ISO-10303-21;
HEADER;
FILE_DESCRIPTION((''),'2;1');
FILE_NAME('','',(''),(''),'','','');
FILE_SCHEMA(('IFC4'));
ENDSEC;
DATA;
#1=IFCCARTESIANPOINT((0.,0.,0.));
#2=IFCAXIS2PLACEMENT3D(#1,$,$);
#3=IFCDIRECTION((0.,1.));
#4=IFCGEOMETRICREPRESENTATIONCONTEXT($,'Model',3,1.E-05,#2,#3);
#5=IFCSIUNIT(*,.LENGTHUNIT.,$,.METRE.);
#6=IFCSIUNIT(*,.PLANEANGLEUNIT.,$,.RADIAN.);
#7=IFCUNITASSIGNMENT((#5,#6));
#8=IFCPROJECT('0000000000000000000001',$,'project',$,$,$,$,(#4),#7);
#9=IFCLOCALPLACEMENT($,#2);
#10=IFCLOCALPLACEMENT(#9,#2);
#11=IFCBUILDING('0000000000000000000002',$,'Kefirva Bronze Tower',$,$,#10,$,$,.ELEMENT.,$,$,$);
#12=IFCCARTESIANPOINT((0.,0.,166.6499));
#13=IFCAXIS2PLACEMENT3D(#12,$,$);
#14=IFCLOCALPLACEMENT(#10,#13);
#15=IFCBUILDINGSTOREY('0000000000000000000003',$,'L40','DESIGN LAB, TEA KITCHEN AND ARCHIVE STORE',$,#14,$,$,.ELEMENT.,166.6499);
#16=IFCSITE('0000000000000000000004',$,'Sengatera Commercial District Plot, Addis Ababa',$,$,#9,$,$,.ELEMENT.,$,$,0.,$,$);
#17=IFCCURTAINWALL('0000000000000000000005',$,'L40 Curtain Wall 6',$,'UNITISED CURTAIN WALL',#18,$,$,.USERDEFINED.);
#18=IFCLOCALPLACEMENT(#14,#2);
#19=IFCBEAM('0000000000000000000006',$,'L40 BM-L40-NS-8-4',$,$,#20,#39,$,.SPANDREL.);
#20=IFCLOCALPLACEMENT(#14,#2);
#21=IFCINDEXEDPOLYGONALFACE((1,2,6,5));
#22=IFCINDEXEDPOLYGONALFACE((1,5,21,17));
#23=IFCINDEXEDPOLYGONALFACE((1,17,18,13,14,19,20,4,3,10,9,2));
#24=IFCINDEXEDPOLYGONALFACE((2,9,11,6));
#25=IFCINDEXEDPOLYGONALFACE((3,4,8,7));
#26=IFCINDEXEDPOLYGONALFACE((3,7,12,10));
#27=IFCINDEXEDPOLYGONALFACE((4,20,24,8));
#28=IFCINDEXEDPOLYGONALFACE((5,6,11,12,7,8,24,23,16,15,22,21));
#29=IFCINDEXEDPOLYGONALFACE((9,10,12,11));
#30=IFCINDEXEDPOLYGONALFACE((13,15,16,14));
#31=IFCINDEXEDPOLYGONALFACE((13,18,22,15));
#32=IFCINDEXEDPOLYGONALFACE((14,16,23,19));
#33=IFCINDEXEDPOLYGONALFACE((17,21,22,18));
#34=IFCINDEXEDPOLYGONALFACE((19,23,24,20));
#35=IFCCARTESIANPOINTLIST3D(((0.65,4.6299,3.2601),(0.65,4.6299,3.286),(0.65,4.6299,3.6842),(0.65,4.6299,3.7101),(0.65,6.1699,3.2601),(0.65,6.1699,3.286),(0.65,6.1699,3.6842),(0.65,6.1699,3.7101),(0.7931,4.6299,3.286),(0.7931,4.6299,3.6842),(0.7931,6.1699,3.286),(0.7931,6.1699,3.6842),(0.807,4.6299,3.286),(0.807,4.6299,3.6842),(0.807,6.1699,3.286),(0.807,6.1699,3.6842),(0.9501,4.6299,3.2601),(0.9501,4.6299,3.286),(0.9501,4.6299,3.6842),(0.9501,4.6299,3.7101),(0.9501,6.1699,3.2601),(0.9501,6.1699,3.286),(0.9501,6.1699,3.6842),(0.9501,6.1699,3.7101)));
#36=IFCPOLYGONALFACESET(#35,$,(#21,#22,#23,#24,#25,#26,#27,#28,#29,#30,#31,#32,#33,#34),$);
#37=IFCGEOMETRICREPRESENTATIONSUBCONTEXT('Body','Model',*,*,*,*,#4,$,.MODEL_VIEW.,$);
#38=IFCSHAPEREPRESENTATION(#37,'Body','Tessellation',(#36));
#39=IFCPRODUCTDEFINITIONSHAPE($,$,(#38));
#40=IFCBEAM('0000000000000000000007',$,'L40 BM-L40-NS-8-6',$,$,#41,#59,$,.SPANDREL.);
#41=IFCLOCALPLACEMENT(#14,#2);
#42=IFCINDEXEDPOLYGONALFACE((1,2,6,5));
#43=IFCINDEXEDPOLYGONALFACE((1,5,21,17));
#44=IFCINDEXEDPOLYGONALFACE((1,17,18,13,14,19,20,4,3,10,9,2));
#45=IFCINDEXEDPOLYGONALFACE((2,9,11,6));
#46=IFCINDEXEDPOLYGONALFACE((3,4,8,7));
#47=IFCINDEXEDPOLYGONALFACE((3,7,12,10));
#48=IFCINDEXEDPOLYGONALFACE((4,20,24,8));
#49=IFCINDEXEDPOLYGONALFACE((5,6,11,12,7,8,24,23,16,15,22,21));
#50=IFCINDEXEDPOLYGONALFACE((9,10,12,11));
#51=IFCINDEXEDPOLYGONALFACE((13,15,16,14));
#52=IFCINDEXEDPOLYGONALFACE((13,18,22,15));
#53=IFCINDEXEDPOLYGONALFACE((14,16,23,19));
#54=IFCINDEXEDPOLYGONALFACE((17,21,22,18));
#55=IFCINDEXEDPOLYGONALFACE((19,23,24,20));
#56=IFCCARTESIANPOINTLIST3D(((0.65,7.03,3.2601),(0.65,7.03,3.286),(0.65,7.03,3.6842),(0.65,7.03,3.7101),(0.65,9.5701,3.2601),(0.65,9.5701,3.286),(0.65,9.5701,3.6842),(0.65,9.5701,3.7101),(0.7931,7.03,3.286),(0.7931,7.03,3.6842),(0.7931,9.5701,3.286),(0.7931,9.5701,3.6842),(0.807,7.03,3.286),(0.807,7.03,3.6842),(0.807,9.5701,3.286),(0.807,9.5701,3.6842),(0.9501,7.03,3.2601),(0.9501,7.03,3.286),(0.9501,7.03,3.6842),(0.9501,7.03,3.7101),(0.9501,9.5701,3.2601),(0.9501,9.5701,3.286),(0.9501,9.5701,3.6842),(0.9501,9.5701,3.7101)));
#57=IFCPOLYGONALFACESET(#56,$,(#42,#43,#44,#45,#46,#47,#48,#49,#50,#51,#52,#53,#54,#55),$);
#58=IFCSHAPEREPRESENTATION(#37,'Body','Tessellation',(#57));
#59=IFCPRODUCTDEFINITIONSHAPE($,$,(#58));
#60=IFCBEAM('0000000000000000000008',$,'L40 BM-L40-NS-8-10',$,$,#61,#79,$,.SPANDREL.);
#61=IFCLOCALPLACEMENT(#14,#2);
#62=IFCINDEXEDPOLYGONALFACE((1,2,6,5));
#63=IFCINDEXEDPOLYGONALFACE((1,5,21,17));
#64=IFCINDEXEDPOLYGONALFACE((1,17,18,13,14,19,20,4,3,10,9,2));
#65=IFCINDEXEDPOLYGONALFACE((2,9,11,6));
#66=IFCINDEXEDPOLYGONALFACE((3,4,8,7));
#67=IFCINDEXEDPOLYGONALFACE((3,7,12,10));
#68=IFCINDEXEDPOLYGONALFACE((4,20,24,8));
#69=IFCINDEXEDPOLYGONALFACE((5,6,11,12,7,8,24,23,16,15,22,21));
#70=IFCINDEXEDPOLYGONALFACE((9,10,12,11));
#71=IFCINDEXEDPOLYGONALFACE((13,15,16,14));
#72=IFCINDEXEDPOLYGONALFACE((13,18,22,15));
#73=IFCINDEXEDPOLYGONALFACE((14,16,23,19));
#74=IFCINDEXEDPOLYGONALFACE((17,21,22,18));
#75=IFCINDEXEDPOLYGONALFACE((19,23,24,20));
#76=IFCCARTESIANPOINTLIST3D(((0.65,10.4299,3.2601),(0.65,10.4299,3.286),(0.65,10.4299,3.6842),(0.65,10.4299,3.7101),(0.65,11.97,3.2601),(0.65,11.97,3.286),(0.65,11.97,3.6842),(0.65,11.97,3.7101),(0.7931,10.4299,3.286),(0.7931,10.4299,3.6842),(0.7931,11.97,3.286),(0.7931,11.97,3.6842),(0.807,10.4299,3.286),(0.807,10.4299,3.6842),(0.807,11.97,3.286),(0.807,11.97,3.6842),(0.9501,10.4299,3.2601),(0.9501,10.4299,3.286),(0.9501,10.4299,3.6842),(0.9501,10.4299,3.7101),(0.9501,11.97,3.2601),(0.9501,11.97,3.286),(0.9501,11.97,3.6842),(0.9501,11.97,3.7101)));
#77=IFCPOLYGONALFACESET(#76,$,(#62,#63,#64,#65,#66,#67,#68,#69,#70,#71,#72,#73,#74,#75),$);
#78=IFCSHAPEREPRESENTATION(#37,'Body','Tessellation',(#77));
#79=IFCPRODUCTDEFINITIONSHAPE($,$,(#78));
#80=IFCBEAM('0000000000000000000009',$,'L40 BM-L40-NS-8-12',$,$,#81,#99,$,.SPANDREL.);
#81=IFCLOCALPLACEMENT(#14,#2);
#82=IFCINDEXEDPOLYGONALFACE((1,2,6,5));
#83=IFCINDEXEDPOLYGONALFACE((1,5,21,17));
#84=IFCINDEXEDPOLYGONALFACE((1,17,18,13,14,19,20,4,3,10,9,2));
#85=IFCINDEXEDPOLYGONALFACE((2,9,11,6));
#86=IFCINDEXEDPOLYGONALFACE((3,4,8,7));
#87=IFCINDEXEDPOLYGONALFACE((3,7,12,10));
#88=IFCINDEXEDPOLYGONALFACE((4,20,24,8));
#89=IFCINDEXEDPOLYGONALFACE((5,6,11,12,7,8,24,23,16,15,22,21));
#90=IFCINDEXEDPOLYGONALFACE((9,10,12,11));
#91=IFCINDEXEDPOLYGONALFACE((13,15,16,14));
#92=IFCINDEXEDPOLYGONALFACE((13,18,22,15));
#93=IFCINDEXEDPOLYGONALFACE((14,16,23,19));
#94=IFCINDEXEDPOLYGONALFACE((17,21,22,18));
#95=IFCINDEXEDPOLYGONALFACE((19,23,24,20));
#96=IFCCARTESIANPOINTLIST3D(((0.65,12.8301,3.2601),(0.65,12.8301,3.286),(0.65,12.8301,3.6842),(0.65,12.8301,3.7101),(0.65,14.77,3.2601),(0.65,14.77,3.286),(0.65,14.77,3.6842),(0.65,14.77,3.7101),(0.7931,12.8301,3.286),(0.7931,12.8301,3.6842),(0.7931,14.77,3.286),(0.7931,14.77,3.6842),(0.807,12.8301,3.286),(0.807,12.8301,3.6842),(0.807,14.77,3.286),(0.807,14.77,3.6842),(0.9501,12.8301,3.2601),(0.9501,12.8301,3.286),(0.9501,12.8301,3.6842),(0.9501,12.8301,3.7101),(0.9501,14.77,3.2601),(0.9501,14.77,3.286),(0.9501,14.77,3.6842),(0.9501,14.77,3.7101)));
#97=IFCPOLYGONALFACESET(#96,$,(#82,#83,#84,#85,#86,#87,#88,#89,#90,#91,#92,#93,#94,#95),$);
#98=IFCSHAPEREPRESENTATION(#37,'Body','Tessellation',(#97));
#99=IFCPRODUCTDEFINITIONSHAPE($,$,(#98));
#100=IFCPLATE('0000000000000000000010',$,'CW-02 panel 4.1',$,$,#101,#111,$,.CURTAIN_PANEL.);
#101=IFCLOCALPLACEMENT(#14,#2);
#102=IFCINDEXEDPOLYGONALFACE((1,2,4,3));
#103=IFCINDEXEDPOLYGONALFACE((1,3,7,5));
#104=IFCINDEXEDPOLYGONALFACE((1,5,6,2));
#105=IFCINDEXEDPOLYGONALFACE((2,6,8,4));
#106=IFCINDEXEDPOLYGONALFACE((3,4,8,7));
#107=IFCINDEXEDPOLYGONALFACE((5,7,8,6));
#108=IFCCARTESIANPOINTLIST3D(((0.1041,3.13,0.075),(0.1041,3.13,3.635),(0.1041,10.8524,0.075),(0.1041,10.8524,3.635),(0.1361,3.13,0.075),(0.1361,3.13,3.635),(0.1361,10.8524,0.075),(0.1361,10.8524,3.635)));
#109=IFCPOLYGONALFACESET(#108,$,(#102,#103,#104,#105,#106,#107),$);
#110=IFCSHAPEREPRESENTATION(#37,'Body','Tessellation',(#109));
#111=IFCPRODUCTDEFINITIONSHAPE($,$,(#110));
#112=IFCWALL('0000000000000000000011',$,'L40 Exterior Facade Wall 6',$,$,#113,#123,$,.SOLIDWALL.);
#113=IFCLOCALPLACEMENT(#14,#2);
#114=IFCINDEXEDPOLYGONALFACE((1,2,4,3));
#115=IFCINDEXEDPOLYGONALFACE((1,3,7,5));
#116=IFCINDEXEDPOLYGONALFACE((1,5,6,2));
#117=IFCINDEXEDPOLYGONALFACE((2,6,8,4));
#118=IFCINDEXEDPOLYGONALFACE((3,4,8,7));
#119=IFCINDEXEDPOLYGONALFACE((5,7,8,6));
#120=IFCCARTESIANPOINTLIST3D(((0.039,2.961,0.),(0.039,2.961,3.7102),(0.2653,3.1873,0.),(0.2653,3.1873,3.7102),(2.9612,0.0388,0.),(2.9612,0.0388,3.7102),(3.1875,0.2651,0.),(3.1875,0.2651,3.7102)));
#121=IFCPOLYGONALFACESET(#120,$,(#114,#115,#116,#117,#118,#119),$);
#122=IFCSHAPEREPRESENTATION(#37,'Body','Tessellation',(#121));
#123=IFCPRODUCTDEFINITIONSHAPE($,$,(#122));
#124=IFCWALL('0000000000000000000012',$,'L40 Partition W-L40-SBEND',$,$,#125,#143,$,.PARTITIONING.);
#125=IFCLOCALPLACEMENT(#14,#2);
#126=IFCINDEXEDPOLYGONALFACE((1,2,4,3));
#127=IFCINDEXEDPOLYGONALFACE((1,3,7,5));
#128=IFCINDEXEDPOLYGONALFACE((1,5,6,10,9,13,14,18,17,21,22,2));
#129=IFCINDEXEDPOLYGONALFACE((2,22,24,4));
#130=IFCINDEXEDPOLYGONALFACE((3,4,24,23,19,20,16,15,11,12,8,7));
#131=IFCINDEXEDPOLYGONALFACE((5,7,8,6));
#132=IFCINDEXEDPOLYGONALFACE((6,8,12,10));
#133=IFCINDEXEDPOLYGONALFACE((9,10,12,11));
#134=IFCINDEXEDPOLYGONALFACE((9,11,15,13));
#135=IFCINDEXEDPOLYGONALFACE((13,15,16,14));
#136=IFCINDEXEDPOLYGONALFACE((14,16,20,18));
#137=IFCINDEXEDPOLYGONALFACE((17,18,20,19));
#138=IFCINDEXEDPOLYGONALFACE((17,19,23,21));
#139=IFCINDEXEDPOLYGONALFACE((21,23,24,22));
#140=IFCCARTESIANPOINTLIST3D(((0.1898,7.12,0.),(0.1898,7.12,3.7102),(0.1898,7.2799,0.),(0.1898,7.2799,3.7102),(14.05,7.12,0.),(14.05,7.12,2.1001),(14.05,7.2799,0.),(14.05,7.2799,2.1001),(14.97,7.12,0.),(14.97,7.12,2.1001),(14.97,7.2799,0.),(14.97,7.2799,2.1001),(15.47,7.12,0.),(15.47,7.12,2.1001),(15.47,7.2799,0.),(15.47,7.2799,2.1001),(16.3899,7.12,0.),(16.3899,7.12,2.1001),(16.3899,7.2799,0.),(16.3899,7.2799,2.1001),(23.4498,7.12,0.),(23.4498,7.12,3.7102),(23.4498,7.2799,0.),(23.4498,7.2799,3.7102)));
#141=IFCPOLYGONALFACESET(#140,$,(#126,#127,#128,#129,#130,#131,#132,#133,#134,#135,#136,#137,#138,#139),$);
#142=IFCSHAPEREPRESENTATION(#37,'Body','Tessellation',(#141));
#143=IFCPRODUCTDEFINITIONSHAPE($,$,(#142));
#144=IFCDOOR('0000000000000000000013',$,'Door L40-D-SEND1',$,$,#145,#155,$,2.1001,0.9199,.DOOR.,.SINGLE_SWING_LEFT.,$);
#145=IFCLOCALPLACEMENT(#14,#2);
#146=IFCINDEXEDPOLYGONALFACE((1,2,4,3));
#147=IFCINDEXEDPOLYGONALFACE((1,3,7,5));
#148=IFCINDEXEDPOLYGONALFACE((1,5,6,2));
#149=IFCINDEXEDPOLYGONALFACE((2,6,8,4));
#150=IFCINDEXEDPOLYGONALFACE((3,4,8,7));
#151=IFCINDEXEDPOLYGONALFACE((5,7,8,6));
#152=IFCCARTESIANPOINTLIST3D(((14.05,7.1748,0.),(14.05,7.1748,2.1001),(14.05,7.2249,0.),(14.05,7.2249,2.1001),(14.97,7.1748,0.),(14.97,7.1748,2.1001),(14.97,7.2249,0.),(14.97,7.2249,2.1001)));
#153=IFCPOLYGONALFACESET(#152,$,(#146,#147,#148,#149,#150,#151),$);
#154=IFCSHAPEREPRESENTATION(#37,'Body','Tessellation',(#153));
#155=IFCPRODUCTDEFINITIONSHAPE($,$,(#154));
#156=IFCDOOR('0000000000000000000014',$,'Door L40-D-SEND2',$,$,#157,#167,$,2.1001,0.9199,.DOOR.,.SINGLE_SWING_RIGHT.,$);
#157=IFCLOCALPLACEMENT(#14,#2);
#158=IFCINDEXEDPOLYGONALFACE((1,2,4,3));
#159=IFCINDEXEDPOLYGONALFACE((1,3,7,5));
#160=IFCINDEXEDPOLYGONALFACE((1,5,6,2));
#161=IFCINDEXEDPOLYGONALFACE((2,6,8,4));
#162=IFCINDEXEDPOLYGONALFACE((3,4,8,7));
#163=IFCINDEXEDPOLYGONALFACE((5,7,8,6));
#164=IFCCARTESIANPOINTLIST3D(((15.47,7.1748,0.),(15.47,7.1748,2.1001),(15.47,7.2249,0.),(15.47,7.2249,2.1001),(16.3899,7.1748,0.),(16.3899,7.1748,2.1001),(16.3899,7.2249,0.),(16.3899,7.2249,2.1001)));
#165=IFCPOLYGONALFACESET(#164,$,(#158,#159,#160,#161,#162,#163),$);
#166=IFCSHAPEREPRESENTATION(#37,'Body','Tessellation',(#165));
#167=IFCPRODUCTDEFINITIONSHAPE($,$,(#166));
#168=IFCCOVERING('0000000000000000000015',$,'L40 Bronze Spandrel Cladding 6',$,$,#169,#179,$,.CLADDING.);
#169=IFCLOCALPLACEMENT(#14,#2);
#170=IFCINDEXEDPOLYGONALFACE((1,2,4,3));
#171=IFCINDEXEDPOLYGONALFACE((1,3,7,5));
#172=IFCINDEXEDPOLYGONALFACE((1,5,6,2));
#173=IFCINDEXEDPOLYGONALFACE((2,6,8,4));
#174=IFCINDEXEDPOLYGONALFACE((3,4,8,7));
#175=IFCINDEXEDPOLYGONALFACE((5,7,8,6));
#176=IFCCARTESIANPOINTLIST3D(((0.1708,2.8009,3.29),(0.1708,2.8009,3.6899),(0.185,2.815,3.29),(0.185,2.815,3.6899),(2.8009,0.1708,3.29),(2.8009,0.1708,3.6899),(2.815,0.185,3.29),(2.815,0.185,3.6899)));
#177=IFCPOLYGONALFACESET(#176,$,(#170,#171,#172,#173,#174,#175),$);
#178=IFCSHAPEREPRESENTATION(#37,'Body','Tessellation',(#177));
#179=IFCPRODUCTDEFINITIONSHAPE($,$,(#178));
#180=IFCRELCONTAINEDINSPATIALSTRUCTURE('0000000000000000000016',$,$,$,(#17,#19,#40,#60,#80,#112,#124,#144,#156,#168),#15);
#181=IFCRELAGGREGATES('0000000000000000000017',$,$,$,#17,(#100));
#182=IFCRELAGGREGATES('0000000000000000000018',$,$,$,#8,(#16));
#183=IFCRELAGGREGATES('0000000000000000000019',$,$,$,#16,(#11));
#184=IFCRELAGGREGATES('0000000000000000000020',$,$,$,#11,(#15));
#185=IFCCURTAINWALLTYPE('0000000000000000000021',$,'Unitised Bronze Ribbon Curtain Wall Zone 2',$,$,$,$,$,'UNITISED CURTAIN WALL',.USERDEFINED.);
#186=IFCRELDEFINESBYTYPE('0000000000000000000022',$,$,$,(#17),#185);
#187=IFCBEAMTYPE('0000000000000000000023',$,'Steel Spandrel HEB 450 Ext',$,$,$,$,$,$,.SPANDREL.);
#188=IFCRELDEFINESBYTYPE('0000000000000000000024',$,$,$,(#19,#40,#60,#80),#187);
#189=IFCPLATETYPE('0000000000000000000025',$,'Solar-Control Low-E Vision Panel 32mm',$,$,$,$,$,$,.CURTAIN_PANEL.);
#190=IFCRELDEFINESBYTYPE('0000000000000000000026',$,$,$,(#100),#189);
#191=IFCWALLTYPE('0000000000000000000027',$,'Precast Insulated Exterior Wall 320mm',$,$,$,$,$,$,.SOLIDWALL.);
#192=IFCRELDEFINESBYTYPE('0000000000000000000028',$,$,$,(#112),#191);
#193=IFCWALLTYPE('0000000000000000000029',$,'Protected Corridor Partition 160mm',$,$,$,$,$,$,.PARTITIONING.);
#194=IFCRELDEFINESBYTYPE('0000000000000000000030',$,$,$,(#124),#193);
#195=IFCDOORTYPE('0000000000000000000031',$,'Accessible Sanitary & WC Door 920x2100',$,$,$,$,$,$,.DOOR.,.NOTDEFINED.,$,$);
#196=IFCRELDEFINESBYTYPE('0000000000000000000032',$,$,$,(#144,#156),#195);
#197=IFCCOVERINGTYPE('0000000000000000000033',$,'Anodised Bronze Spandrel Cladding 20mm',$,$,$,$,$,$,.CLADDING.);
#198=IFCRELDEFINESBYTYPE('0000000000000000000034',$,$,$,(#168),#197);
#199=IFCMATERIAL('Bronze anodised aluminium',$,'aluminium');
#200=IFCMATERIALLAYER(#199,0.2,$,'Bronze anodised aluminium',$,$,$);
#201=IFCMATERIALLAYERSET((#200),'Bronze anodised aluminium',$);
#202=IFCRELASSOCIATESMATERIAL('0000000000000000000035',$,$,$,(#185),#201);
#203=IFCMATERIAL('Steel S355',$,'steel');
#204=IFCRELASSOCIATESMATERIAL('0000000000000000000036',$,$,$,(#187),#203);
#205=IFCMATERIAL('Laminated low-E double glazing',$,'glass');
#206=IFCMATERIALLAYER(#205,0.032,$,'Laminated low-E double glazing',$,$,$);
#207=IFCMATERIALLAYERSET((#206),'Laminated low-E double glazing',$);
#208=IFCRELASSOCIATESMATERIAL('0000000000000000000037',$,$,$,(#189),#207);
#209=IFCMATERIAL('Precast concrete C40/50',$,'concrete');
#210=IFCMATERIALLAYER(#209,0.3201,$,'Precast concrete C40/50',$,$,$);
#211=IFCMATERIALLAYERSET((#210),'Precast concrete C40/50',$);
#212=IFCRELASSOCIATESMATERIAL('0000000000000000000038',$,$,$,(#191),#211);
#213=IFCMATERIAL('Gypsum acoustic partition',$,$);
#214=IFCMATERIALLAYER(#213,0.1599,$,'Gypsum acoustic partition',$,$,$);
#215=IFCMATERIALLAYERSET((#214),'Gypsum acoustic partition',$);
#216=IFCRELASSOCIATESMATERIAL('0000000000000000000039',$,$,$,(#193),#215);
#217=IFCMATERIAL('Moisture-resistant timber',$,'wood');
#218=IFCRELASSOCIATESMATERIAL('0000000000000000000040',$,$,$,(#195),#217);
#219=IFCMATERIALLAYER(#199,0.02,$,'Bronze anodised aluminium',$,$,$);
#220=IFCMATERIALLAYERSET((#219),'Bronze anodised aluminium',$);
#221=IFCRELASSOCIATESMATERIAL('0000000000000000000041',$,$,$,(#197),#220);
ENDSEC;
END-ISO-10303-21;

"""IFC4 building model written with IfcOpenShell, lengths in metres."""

from ifc_helpers import new_model, si_unit, direction, frame, frame_2d, origin, origin_2d, place, context, subcontext, project, spatial, rectangle, i_section, extrude, material, layer, layer_set, material_profile, profile_set, type_object, element, fill, aggregate, save


model = new_model("IFC4")

# Units and contexts
model_context = context("Model", 3, precision=1e-05, world=origin(), true_north=direction((0.0, 1.0)))
body_context = subcontext(model_context, "Body", "Model", "MODEL_VIEW")
ifc_project = project(units=[si_unit("LENGTHUNIT", "METRE"), si_unit("PLANEANGLEUNIT", "RADIAN")], contexts=[model_context])

# Site, building, storey
site_placement = place(None, origin())
site = spatial("IfcSite", under=ifc_project, at=site_placement, Name="Sengatera Commercial District Plot, Addis Ababa", CompositionType="ELEMENT", RefElevation=0.0)
building_placement = place(site_placement, origin())
building = spatial("IfcBuilding", under=site, at=building_placement, Name="Kefirva Bronze Tower", CompositionType="ELEMENT")
storey_placement = place(building_placement, frame((0.0, 0.0, 166.6499)))
storey = spatial("IfcBuildingStorey", under=building, at=storey_placement, Name="L40", Description="DESIGN LAB, TEA KITCHEN AND ARCHIVE STORE", CompositionType="ELEMENT", Elevation=166.6499)

# Curtain wall
ifc_material_1 = material(Name="Bronze anodised aluminium", Category="aluminium")
ifc_layer_1 = layer(ifc_material_1, 0.2, Name="Bronze anodised aluminium")
ifc_layer_set_1 = layer_set([ifc_layer_1], Name="Bronze anodised aluminium")
curtain_wall_type = type_object("IfcCurtainWallType", Name="Unitised Bronze Ribbon Curtain Wall Zone 2", ElementType="UNITISED CURTAIN WALL", PredefinedType="USERDEFINED", material=ifc_layer_set_1)
curtain_wall_placement = place(storey_placement, origin())
curtain_wall = element("IfcCurtainWall", 1, at=curtain_wall_placement, inside=storey, type_object=curtain_wall_type, Name="L40 Curtain Wall 6", ObjectType="UNITISED CURTAIN WALL", PredefinedType="USERDEFINED")

# Beams
ifc_material_2 = material(Name="Steel S355", Category="steel")
ifc_material_profile_1 = material_profile(ifc_material_2, i_section(OverallWidth=0.3, OverallDepth=0.45, WebThickness=0.0139, FlangeThickness=0.0259, at=origin_2d()), Name="HEB 450")
ifc_profile_set_1 = profile_set([ifc_material_profile_1], Name="Steel S355")
beam_type_1 = type_object("IfcBeamType", Name="Steel Spandrel HEB 450 Ext", PredefinedType="SPANDREL", material=ifc_profile_set_1)
beam_1_placement = place(storey_placement, frame((0.8, 4.6299, 3.4851), z_axis=(0.0, 1.0, 0.0), x_axis=(-1.0, 0.0, 0.0)))
element("IfcBeam", 2, at=beam_1_placement, inside=storey, type_object=beam_type_1, Name="L40 BM-L40-NS-8-4", PredefinedType="SPANDREL", context=body_context, shape_type="SweptSolid", body=[
    extrude(i_section(OverallWidth=0.3, OverallDepth=0.45, WebThickness=0.0139, FlangeThickness=0.0259, at=origin_2d()), origin(), (0.0, 0.0, 1.0), 1.54),
])
beam_2_placement = place(storey_placement, frame((0.8, 7.03, 3.4851), z_axis=(0.0, 1.0, 0.0), x_axis=(-1.0, 0.0, 0.0)))
element("IfcBeam", 3, at=beam_2_placement, inside=storey, type_object=beam_type_1, Name="L40 BM-L40-NS-8-6", PredefinedType="SPANDREL", context=body_context, shape_type="SweptSolid", body=[
    extrude(i_section(OverallWidth=0.3, OverallDepth=0.45, WebThickness=0.0139, FlangeThickness=0.0259, at=origin_2d()), origin(), (0.0, 0.0, 1.0), 2.54),
])
beam_3_placement = place(storey_placement, frame((0.8, 10.4299, 3.4851), z_axis=(0.0, 1.0, 0.0), x_axis=(-1.0, 0.0, 0.0)))
element("IfcBeam", 4, at=beam_3_placement, inside=storey, type_object=beam_type_1, Name="L40 BM-L40-NS-8-10", PredefinedType="SPANDREL", context=body_context, shape_type="SweptSolid", body=[
    extrude(i_section(OverallWidth=0.3, OverallDepth=0.45, WebThickness=0.0139, FlangeThickness=0.0259, at=origin_2d()), origin(), (0.0, 0.0, 1.0), 1.54),
])
beam_4_placement = place(storey_placement, frame((0.8, 12.8301, 3.4851), z_axis=(0.0, 1.0, 0.0), x_axis=(-1.0, 0.0, 0.0)))
element("IfcBeam", 5, at=beam_4_placement, inside=storey, type_object=beam_type_1, Name="L40 BM-L40-NS-8-12", PredefinedType="SPANDREL", context=body_context, shape_type="SweptSolid", body=[
    extrude(i_section(OverallWidth=0.3, OverallDepth=0.45, WebThickness=0.0139, FlangeThickness=0.0259, at=origin_2d()), origin(), (0.0, 0.0, 1.0), 1.9399),
])

# Plate
ifc_material_3 = material(Name="Laminated low-E double glazing", Category="glass")
ifc_layer_2 = layer(ifc_material_3, 0.032, Name="Laminated low-E double glazing")
ifc_layer_set_2 = layer_set([ifc_layer_2], Name="Laminated low-E double glazing")
plate_type = type_object("IfcPlateType", Name="Solar-Control Low-E Vision Panel 32mm", PredefinedType="CURTAIN_PANEL", material=ifc_layer_set_2)
plate_placement = place(storey_placement, frame((0.1201, 6.9912, 0.075), z_axis=(0.0, 0.0, 1.0), x_axis=(0.0, -1.0, 0.0)))
plate = element("IfcPlate", 6, at=plate_placement, type_object=plate_type, Name="CW-02 panel 4.1", PredefinedType="CURTAIN_PANEL", context=body_context, shape_type="SweptSolid", body=[
    extrude(rectangle(XDim=7.7224, YDim=0.032, at=origin_2d()), origin(), (0.0, 0.0, 1.0), 3.5601),
])
aggregate(curtain_wall, [plate])

# Wall
ifc_material_4 = material(Name="Precast concrete C40/50", Category="concrete")
ifc_layer_3 = layer(ifc_material_4, 0.3201, Name="Precast concrete C40/50")
ifc_layer_set_3 = layer_set([ifc_layer_3], Name="Precast concrete C40/50")
wall_type_1 = type_object("IfcWallType", Name="Precast Insulated Exterior Wall 320mm", PredefinedType="SOLIDWALL", material=ifc_layer_set_3)
wall_1_placement = place(storey_placement, frame((0.1521, 3.0742, 0.0), z_axis=(0.0, 0.0, 1.0), x_axis=(0.707107, -0.707107, 0.0)))
element("IfcWall", 7, at=wall_1_placement, inside=storey, type_object=wall_type_1, Name="L40 Exterior Facade Wall 6", PredefinedType="SOLIDWALL", context=body_context, shape_type="SweptSolid", body=[
    extrude(rectangle(XDim=4.1326, YDim=0.3201, at=frame_2d((2.0664, 0.0))), origin(), (0.0, 0.0, 1.0), 3.7102),
])

# Wall, openings, doors
ifc_material_5 = material(Name="Gypsum acoustic partition")
ifc_layer_4 = layer(ifc_material_5, 0.1599, Name="Gypsum acoustic partition")
ifc_layer_set_4 = layer_set([ifc_layer_4], Name="Gypsum acoustic partition")
wall_type_2 = type_object("IfcWallType", Name="Protected Corridor Partition 160mm", PredefinedType="PARTITIONING", material=ifc_layer_set_4)
wall_2_placement = place(storey_placement, frame((0.1899, 7.2, 0.0), z_axis=(0.0, 0.0, 1.0), x_axis=(1.0, 0.0, 0.0)))
wall_2 = element("IfcWall", 8, at=wall_2_placement, inside=storey, type_object=wall_type_2, Name="L40 Partition W-L40-SBEND", PredefinedType="PARTITIONING", context=body_context, shape_type="SweptSolid", body=[
    extrude(rectangle(XDim=23.26, YDim=0.1599, at=frame_2d((11.6299, 0.0))), origin(), (0.0, 0.0, 1.0), 3.7102),
])
opening_1_placement = place(wall_2_placement, frame((13.8601, 0.0, 0.0)))
opening_1 = element("IfcOpeningElement", 9, at=opening_1_placement, cuts=wall_2, PredefinedType="OPENING", context=body_context, shape_type="SweptSolid", body=[
    extrude(rectangle(XDim=0.9199, YDim=2.1001, at=frame_2d((0.46, 1.05))), frame((0.0, 0.0898, 0.0), z_axis=(0.0, -1.0, 0.0), x_axis=(1.0, 0.0, 0.0)), (0.0, 0.0, 1.0), 0.1799),
])
opening_2_placement = place(wall_2_placement, frame((15.28, 0.0, 0.0)))
opening_2 = element("IfcOpeningElement", 10, at=opening_2_placement, cuts=wall_2, PredefinedType="OPENING", context=body_context, shape_type="SweptSolid", body=[
    extrude(rectangle(XDim=0.9199, YDim=2.1001, at=frame_2d((0.46, 1.05))), frame((0.0, 0.0898, 0.0), z_axis=(0.0, -1.0, 0.0), x_axis=(1.0, 0.0, 0.0)), (0.0, 0.0, 1.0), 0.1799),
])
ifc_material_6 = material(Name="Moisture-resistant timber", Category="wood")
door_type = type_object("IfcDoorType", Name="Accessible Sanitary & WC Door 920x2100", OperationType="NOTDEFINED", PredefinedType="DOOR", material=ifc_material_6)
door_1_placement = place(opening_1_placement, origin())
door_1 = element("IfcDoor", 11, at=door_1_placement, inside=storey, type_object=door_type, Name="Door L40-D-SEND1", OperationType="SINGLE_SWING_LEFT", OverallHeight=2.1001, OverallWidth=0.9199, PredefinedType="DOOR", context=body_context, shape_type="SweptSolid", body=[
    extrude(rectangle(XDim=0.9199, YDim=2.1001, at=frame_2d((0.46, 1.05))), frame((0.0, 0.0249, 0.0), z_axis=(0.0, -1.0, 0.0), x_axis=(1.0, 0.0, 0.0)), (0.0, 0.0, 1.0), 0.05),
])
fill(opening_1, door_1)
door_2_placement = place(opening_2_placement, origin())
door_2 = element("IfcDoor", 12, at=door_2_placement, inside=storey, type_object=door_type, Name="Door L40-D-SEND2", OperationType="SINGLE_SWING_RIGHT", OverallHeight=2.1001, OverallWidth=0.9199, PredefinedType="DOOR", context=body_context, shape_type="SweptSolid", body=[
    extrude(rectangle(XDim=0.9199, YDim=2.1001, at=frame_2d((0.46, 1.05))), frame((0.0, 0.0249, 0.0), z_axis=(0.0, -1.0, 0.0), x_axis=(1.0, 0.0, 0.0)), (0.0, 0.0, 1.0), 0.05),
])
fill(opening_2, door_2)

# Covering
ifc_layer_5 = layer(ifc_material_1, 0.02, Name="Bronze anodised aluminium")
ifc_layer_set_5 = layer_set([ifc_layer_5], Name="Bronze anodised aluminium")
covering_type_1 = type_object("IfcCoveringType", Name="Anodised Bronze Spandrel Cladding 20mm", PredefinedType="CLADDING", material=ifc_layer_set_5)
covering_1_placement = place(storey_placement, frame((1.4929, 1.4929, 3.29), z_axis=(0.0, 0.0, 1.0), x_axis=(0.707107, -0.707107, 0.0)))
element("IfcCovering", 13, at=covering_1_placement, inside=storey, type_object=covering_type_1, Name="L40 Bronze Spandrel Cladding 6", PredefinedType="CLADDING", context=body_context, shape_type="SweptSolid", body=[
    extrude(rectangle(XDim=3.7195, YDim=0.02, at=origin_2d()), origin(), (0.0, 0.0, 1.0), 0.3999),
])

save(model, "model.ifc")
